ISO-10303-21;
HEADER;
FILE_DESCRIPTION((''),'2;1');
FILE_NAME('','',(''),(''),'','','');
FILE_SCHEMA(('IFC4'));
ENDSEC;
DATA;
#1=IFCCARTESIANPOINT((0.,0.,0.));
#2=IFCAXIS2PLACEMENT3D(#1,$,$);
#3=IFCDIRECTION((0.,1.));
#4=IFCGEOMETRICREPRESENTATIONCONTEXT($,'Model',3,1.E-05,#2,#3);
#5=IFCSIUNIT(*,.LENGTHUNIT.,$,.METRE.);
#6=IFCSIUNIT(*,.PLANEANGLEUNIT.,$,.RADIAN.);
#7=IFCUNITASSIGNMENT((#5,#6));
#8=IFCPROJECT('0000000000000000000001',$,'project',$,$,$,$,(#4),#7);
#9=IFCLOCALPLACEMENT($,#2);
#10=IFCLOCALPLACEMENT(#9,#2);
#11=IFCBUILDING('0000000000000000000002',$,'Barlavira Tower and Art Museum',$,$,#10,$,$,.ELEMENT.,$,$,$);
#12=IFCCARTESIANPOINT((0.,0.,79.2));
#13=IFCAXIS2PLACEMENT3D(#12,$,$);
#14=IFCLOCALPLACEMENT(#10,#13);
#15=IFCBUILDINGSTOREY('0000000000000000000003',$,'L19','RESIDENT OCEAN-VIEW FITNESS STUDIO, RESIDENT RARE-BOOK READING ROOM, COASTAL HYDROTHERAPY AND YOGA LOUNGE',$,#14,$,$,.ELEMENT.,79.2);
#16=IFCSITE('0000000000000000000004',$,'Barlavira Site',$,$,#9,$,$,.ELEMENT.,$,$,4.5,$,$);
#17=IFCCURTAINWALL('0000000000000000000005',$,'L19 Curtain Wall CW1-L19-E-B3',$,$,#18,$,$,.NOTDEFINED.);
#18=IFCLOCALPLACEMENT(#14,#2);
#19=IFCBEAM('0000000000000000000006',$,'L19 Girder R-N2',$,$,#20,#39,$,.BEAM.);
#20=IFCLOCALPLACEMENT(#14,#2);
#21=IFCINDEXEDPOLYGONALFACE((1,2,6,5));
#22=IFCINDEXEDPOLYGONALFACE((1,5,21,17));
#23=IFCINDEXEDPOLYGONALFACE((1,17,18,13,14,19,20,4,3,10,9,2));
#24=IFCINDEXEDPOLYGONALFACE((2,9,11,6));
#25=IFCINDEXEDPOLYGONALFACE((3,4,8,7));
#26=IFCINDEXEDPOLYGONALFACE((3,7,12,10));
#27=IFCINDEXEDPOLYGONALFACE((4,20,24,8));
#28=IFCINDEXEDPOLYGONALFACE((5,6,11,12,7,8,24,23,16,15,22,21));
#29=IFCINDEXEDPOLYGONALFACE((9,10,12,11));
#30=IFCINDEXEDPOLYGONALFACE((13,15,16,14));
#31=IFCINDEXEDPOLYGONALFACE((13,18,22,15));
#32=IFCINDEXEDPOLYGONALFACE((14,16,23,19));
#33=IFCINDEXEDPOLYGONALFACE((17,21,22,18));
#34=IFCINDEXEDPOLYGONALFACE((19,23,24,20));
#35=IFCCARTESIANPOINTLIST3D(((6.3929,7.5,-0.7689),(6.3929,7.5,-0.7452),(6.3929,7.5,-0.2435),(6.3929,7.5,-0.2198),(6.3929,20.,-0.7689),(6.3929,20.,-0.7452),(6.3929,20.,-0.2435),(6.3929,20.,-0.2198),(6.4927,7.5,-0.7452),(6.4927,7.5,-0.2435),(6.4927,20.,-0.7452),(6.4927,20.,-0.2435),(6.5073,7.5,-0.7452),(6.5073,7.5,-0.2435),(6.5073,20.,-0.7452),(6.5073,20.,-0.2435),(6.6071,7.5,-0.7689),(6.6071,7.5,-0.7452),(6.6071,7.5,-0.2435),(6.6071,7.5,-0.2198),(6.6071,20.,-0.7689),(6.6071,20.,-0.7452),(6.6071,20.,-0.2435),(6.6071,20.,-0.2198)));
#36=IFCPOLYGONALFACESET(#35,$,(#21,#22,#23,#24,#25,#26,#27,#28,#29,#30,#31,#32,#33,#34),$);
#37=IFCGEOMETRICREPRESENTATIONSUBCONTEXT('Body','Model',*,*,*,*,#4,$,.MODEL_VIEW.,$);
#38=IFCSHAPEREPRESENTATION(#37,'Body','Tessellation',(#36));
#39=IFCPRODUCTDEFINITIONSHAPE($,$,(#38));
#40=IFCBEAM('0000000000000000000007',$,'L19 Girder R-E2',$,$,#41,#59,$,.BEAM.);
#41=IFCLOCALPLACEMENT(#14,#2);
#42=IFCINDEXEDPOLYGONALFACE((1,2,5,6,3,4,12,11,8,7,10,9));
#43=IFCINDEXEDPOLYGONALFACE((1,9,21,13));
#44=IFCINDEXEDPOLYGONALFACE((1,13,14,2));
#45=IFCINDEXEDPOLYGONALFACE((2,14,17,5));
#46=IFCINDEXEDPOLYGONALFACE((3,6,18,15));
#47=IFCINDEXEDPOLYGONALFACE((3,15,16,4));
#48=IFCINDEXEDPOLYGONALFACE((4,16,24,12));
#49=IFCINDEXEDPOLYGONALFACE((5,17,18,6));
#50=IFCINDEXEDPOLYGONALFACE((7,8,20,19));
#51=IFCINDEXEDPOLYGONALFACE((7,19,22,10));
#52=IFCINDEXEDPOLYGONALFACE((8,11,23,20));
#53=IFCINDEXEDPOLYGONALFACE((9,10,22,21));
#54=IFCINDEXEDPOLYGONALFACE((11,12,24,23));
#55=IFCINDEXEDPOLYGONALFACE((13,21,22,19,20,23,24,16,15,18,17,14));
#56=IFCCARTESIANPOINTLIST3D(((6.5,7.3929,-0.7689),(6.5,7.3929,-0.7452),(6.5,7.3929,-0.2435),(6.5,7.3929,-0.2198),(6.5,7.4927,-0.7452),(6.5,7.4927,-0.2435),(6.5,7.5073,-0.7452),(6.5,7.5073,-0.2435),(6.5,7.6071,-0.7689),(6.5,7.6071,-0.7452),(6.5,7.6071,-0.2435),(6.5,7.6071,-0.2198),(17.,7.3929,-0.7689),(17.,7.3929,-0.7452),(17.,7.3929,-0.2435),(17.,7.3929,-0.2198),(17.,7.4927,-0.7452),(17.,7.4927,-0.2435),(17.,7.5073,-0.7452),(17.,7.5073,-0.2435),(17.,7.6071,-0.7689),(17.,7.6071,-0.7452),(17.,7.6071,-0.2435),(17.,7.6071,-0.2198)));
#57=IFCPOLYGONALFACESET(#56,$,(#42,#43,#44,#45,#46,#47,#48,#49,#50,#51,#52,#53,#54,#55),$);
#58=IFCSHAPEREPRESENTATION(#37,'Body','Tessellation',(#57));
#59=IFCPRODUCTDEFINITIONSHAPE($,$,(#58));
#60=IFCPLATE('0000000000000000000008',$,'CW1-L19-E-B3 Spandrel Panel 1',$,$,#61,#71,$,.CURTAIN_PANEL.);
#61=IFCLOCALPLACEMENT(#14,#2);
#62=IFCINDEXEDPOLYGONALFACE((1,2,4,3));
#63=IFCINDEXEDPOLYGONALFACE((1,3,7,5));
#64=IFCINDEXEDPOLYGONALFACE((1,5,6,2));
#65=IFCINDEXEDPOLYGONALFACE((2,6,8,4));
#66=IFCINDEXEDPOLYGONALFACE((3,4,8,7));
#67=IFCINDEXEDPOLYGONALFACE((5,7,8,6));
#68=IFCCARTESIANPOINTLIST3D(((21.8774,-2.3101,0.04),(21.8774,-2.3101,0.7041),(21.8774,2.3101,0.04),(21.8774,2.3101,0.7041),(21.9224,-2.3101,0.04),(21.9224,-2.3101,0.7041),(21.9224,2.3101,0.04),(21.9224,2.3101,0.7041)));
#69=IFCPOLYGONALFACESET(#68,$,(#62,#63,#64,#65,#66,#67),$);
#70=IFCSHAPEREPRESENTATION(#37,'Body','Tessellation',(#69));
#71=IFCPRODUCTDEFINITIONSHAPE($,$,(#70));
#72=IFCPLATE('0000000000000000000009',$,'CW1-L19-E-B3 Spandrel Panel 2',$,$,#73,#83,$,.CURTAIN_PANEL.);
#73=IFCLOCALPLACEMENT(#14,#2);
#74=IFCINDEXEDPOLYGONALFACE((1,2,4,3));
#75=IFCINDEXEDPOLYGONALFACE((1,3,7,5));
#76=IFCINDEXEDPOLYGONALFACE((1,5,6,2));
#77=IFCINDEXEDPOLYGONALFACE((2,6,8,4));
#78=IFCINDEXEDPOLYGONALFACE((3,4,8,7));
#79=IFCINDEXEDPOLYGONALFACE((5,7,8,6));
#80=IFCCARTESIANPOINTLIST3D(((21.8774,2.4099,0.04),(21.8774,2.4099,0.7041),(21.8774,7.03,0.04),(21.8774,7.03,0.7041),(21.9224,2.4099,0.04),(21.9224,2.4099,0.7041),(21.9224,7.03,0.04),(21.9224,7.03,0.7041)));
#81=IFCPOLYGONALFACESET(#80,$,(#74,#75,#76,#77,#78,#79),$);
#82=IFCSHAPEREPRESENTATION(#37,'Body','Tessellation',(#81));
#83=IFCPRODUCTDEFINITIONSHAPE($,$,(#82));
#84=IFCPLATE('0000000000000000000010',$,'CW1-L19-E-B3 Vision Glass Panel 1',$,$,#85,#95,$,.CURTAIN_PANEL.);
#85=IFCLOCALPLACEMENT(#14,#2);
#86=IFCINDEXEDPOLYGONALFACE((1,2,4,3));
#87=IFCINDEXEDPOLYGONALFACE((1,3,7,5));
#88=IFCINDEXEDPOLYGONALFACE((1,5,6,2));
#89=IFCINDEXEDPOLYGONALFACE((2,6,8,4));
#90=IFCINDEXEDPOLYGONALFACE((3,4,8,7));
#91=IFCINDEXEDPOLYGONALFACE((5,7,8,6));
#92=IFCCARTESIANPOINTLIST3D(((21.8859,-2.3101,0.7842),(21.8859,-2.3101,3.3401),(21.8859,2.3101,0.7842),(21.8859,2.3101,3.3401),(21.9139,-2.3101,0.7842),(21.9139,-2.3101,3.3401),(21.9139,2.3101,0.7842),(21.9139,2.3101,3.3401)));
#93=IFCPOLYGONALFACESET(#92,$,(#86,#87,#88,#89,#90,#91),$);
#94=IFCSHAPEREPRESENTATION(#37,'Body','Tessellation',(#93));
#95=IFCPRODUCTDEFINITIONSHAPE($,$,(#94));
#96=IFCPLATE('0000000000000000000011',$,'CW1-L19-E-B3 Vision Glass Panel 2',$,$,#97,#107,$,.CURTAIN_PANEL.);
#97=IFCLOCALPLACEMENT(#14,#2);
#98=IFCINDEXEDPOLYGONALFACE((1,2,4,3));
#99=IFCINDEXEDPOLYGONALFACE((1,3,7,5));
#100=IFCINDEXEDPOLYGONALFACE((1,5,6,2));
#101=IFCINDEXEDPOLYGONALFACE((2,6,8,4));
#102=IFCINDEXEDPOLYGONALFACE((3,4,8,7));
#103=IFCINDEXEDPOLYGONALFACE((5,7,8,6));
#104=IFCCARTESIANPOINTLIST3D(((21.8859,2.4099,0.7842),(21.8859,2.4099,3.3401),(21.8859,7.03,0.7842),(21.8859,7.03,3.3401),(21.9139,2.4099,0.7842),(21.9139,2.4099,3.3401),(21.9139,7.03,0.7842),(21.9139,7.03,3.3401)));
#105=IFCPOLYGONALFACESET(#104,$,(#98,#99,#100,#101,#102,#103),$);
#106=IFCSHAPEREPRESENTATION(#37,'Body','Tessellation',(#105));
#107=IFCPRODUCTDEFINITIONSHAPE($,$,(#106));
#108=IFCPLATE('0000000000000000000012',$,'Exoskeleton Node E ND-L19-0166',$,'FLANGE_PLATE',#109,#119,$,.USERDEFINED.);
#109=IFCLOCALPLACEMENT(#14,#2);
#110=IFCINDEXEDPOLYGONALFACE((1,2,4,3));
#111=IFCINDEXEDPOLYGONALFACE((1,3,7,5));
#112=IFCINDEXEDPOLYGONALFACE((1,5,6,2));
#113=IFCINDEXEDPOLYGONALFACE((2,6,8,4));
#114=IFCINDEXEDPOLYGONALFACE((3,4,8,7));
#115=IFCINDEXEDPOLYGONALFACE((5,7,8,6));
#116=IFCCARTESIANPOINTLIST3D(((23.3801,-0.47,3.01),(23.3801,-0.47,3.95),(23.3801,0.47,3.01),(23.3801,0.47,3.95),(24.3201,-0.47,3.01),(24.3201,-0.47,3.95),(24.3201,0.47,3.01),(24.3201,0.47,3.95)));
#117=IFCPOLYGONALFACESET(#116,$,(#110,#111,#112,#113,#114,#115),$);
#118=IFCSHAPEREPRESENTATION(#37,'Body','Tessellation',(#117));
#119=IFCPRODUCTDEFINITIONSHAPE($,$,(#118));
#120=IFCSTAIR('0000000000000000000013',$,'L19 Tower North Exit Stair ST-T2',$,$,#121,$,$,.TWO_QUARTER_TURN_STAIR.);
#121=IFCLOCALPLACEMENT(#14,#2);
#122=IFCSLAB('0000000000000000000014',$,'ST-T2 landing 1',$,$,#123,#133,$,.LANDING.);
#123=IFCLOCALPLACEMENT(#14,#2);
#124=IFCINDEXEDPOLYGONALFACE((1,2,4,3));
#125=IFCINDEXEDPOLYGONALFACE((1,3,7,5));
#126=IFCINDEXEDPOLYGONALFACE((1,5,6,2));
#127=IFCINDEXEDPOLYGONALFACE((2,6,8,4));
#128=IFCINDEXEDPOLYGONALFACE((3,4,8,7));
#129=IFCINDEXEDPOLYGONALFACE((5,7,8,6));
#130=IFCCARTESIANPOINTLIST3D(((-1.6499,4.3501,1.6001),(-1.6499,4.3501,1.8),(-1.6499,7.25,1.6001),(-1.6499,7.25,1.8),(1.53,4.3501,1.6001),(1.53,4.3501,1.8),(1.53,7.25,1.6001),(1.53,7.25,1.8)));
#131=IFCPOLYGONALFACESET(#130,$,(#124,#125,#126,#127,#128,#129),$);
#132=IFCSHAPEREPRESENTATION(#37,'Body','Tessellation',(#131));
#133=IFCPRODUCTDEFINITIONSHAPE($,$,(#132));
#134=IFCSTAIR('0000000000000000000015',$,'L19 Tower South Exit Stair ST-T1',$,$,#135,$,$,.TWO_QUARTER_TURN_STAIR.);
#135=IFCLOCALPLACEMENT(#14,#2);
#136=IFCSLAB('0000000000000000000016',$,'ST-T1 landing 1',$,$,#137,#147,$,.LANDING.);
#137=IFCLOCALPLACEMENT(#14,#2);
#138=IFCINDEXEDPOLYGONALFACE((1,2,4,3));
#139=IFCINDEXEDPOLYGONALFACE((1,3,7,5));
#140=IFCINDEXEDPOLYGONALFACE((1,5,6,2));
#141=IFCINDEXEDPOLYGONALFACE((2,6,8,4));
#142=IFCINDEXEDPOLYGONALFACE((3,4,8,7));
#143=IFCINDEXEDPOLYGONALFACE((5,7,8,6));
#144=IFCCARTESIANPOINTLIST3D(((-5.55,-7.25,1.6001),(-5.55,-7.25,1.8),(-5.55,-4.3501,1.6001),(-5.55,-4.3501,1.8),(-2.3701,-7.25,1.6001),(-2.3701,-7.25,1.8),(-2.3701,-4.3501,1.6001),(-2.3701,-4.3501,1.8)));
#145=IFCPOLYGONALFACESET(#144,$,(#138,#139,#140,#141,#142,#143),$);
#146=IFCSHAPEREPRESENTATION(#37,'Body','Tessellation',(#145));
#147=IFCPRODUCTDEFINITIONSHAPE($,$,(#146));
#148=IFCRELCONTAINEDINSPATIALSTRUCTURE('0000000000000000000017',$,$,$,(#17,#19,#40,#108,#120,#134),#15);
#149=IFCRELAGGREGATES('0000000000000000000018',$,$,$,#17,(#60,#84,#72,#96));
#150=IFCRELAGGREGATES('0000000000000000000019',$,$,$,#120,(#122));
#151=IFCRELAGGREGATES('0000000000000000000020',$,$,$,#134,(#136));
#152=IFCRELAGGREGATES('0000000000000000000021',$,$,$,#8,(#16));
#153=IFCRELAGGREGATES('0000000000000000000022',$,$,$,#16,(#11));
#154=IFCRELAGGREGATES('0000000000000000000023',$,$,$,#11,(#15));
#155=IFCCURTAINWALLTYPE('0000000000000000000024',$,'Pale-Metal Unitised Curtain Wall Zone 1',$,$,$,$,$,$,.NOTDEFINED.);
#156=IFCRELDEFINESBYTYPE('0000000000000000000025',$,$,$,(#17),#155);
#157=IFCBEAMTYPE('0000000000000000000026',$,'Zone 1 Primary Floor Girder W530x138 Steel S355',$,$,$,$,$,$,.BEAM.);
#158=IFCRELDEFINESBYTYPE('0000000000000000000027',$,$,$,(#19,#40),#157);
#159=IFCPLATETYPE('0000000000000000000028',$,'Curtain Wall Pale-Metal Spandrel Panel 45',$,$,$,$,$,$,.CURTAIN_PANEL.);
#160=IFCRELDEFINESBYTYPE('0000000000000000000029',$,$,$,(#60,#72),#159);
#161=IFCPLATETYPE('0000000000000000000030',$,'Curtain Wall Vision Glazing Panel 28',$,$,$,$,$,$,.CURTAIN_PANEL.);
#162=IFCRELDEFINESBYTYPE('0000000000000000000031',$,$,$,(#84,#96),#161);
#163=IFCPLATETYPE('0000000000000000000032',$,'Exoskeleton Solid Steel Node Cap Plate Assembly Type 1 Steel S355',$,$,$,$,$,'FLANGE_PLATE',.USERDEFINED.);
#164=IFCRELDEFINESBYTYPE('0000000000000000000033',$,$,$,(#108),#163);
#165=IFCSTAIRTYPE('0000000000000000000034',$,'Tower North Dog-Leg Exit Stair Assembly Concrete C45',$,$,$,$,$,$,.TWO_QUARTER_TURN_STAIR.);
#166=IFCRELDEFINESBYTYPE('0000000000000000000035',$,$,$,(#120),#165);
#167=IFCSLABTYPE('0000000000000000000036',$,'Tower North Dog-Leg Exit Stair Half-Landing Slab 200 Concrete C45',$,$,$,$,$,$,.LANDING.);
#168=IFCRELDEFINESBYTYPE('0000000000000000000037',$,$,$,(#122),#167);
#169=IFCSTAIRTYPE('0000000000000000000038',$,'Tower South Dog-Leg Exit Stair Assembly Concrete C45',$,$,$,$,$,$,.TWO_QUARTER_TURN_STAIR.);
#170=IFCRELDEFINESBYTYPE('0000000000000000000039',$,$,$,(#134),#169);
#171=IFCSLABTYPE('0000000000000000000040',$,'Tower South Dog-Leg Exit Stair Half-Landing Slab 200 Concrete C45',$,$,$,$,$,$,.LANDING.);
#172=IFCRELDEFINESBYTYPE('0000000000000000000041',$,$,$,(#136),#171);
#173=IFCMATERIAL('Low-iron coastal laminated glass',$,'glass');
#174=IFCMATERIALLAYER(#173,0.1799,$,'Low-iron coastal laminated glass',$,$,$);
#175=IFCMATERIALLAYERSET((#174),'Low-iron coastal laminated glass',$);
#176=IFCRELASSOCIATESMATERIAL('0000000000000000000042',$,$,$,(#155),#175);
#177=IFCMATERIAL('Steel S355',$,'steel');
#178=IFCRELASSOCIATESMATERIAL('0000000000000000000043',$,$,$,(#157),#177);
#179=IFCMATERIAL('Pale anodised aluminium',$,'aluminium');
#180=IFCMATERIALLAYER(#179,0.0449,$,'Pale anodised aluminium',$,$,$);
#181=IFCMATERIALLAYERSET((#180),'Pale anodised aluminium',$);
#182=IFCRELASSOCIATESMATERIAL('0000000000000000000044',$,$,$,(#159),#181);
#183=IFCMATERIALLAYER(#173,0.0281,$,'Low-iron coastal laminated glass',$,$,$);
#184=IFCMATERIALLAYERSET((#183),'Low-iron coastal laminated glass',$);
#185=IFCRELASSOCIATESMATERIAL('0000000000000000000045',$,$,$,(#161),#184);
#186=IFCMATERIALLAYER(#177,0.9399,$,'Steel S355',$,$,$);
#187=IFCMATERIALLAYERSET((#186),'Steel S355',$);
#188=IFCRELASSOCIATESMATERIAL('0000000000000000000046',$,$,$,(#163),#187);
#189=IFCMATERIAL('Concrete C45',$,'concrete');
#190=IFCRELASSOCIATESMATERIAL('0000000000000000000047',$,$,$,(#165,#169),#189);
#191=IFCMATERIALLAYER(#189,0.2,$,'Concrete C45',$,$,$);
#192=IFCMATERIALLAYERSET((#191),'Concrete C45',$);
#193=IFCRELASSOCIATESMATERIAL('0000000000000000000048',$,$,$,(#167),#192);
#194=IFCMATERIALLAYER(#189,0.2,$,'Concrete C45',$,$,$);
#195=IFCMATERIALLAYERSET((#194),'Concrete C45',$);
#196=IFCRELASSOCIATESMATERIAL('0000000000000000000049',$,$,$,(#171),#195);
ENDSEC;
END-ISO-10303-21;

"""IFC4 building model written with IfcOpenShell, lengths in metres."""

from ifc_helpers import new_model, si_unit, direction, frame, origin, origin_2d, place, context, subcontext, project, spatial, polyline, rectangle, i_section, outline, extrude, material, layer, layer_set, material_profile, profile_set, type_object, element, aggregate, save


model = new_model("IFC4")

# Units and contexts
model_context = context("Model", 3, precision=1e-05, world=origin(), true_north=direction((0.0, 1.0)))
body_context = subcontext(model_context, "Body", "Model", "MODEL_VIEW")
ifc_project = project(units=[si_unit("LENGTHUNIT", "METRE"), si_unit("PLANEANGLEUNIT", "RADIAN")], contexts=[model_context])

# Site, building, storey
site_placement = place(None, origin())
site = spatial("IfcSite", under=ifc_project, at=site_placement, Name="Barlavira Site", CompositionType="ELEMENT", RefElevation=4.5)
building_placement = place(site_placement, origin())
building = spatial("IfcBuilding", under=site, at=building_placement, Name="Barlavira Tower and Art Museum", CompositionType="ELEMENT")
storey_placement = place(building_placement, frame((0.0, 0.0, 79.2)))
storey = spatial("IfcBuildingStorey", under=building, at=storey_placement, Name="L19", Description="RESIDENT OCEAN-VIEW FITNESS STUDIO, RESIDENT RARE-BOOK READING ROOM, COASTAL HYDROTHERAPY AND YOGA LOUNGE", CompositionType="ELEMENT", Elevation=79.2)

# Shared definitions
ifc_material_1 = material(Name="Steel S355", Category="steel")

# Curtain wall
ifc_material_2 = material(Name="Low-iron coastal laminated glass", Category="glass")
ifc_layer_1 = layer(ifc_material_2, 0.1799, Name="Low-iron coastal laminated glass")
ifc_layer_set_1 = layer_set([ifc_layer_1], Name="Low-iron coastal laminated glass")
curtain_wall_type = type_object("IfcCurtainWallType", Name="Pale-Metal Unitised Curtain Wall Zone 1", PredefinedType="NOTDEFINED", material=ifc_layer_set_1)
curtain_wall_placement = place(storey_placement, origin())
curtain_wall = element("IfcCurtainWall", 1, at=curtain_wall_placement, inside=storey, type_object=curtain_wall_type, Name="L19 Curtain Wall CW1-L19-E-B3", PredefinedType="NOTDEFINED")
ifc_material_3 = material(Name="Pale anodised aluminium", Category="aluminium")

# Beams
ifc_material_profile_1 = material_profile(ifc_material_1, i_section(OverallWidth=0.2141, OverallDepth=0.5491, WebThickness=0.0146, FlangeThickness=0.0237, at=origin_2d()), Name="W530x138.0")
ifc_profile_set_1 = profile_set([ifc_material_profile_1], Name="Steel S355")
beam_type = type_object("IfcBeamType", Name="Zone 1 Primary Floor Girder W530x138 Steel S355", PredefinedType="BEAM", material=ifc_profile_set_1)
beam_1_placement = place(storey_placement, frame((6.5, 7.5, -0.4944), z_axis=(0.0, 1.0, 0.0), x_axis=(-1.0, 0.0, 0.0)))
element("IfcBeam", 2, at=beam_1_placement, inside=storey, type_object=beam_type, Name="L19 Girder R-N2", PredefinedType="BEAM", context=body_context, shape_type="SweptSolid", body=[
    extrude(i_section(OverallWidth=0.2141, OverallDepth=0.5491, WebThickness=0.0146, FlangeThickness=0.0237, at=origin_2d()), origin(), (0.0, 0.0, 1.0), 12.5),
])
beam_2_placement = place(storey_placement, frame((6.5, 7.5, -0.4944), z_axis=(1.0, 0.0, 0.0), x_axis=(0.0, 1.0, 0.0)))
element("IfcBeam", 3, at=beam_2_placement, inside=storey, type_object=beam_type, Name="L19 Girder R-E2", PredefinedType="BEAM", context=body_context, shape_type="SweptSolid", body=[
    extrude(i_section(OverallWidth=0.2141, OverallDepth=0.5491, WebThickness=0.0146, FlangeThickness=0.0237, at=origin_2d()), origin(), (0.0, 0.0, 1.0), 10.5),
])

# Plates
ifc_layer_2 = layer(ifc_material_3, 0.0449, Name="Pale anodised aluminium")
ifc_layer_set_2 = layer_set([ifc_layer_2], Name="Pale anodised aluminium")
plate_type_1 = type_object("IfcPlateType", Name="Curtain Wall Pale-Metal Spandrel Panel 45", PredefinedType="CURTAIN_PANEL", material=ifc_layer_set_2)
plate_1_placement = place(storey_placement, frame((21.8999, 0.0, 0.04), z_axis=(0.0, 0.0, 1.0), x_axis=(0.0, 1.0, 0.0)))
plate_1 = element("IfcPlate", 4, at=plate_1_placement, type_object=plate_type_1, Name="CW1-L19-E-B3 Spandrel Panel 1", PredefinedType="CURTAIN_PANEL", context=body_context, shape_type="SweptSolid", body=[
    extrude(rectangle(XDim=4.6201, YDim=0.0449, at=origin_2d()), origin(), (0.0, 0.0, 1.0), 0.6641),
])
plate_2_placement = place(storey_placement, frame((21.8999, 4.72, 0.04), z_axis=(0.0, 0.0, 1.0), x_axis=(0.0, 1.0, 0.0)))
plate_2 = element("IfcPlate", 5, at=plate_2_placement, type_object=plate_type_1, Name="CW1-L19-E-B3 Spandrel Panel 2", PredefinedType="CURTAIN_PANEL", context=body_context, shape_type="SweptSolid", body=[
    extrude(rectangle(XDim=4.6201, YDim=0.0449, at=origin_2d()), origin(), (0.0, 0.0, 1.0), 0.6641),
])
ifc_layer_3 = layer(ifc_material_2, 0.0281, Name="Low-iron coastal laminated glass")
ifc_layer_set_3 = layer_set([ifc_layer_3], Name="Low-iron coastal laminated glass")
plate_type_2 = type_object("IfcPlateType", Name="Curtain Wall Vision Glazing Panel 28", PredefinedType="CURTAIN_PANEL", material=ifc_layer_set_3)
plate_3_placement = place(storey_placement, frame((21.8999, 0.0, 0.7842), z_axis=(0.0, 0.0, 1.0), x_axis=(0.0, 1.0, 0.0)))
plate_3 = element("IfcPlate", 6, at=plate_3_placement, type_object=plate_type_2, Name="CW1-L19-E-B3 Vision Glass Panel 1", PredefinedType="CURTAIN_PANEL", context=body_context, shape_type="SweptSolid", body=[
    extrude(rectangle(XDim=4.6201, YDim=0.0281, at=origin_2d()), origin(), (0.0, 0.0, 1.0), 2.5559),
])
plate_4_placement = place(storey_placement, frame((21.8999, 4.72, 0.7842), z_axis=(0.0, 0.0, 1.0), x_axis=(0.0, 1.0, 0.0)))
plate_4 = element("IfcPlate", 7, at=plate_4_placement, type_object=plate_type_2, Name="CW1-L19-E-B3 Vision Glass Panel 2", PredefinedType="CURTAIN_PANEL", context=body_context, shape_type="SweptSolid", body=[
    extrude(rectangle(XDim=4.6201, YDim=0.0281, at=origin_2d()), origin(), (0.0, 0.0, 1.0), 2.5559),
])
aggregate(curtain_wall, [plate_1, plate_3, plate_2, plate_4])
ifc_layer_4 = layer(ifc_material_1, 0.9399, Name="Steel S355")
ifc_layer_set_4 = layer_set([ifc_layer_4], Name="Steel S355")
plate_type_3 = type_object("IfcPlateType", Name="Exoskeleton Solid Steel Node Cap Plate Assembly Type 1 Steel S355", ElementType="FLANGE_PLATE", PredefinedType="USERDEFINED", material=ifc_layer_set_4)
plate_5_placement = place(storey_placement, frame((23.8501, 0.0, 3.01), z_axis=(0.0, 0.0, 1.0), x_axis=(1.0, 0.0, 0.0)))
element("IfcPlate", 8, at=plate_5_placement, inside=storey, type_object=plate_type_3, Name="Exoskeleton Node E ND-L19-0166", ObjectType="FLANGE_PLATE", PredefinedType="USERDEFINED", context=body_context, shape_type="SweptSolid", body=[
    extrude(rectangle(XDim=0.9399, YDim=0.9399, at=origin_2d()), origin(), (0.0, 0.0, 1.0), 0.9399),
])

# Stairs, slabs
ifc_material_4 = material(Name="Concrete C45", Category="concrete")
stair_type_1 = type_object("IfcStairType", Name="Tower North Dog-Leg Exit Stair Assembly Concrete C45", PredefinedType="TWO_QUARTER_TURN_STAIR", material=ifc_material_4)
stair_1_placement = place(storey_placement, origin())
stair_1 = element("IfcStair", 9, at=stair_1_placement, inside=storey, type_object=stair_type_1, Name="L19 Tower North Exit Stair ST-T2", PredefinedType="TWO_QUARTER_TURN_STAIR")
ifc_layer_5 = layer(ifc_material_4, 0.2, Name="Concrete C45")
ifc_layer_set_5 = layer_set([ifc_layer_5], Name="Concrete C45")
slab_type_1 = type_object("IfcSlabType", Name="Tower North Dog-Leg Exit Stair Half-Landing Slab 200 Concrete C45", PredefinedType="LANDING", material=ifc_layer_set_5)
slab_1_placement = place(storey_placement, frame((0.0, 0.0, 1.6001)))
slab_1 = element("IfcSlab", 10, at=slab_1_placement, type_object=slab_type_1, Name="ST-T2 landing 1", PredefinedType="LANDING", context=body_context, shape_type="SweptSolid", body=[
    extrude(outline(polyline([(-1.6499, 4.3501), (1.53, 4.3501), (1.53, 7.25), (-1.6499, 7.25), (-1.6499, 4.3501)])), origin(), (0.0, 0.0, 1.0), 0.2),
])
aggregate(stair_1, [slab_1])
stair_type_2 = type_object("IfcStairType", Name="Tower South Dog-Leg Exit Stair Assembly Concrete C45", PredefinedType="TWO_QUARTER_TURN_STAIR", material=ifc_material_4)
stair_2_placement = place(storey_placement, origin())
stair_2 = element("IfcStair", 11, at=stair_2_placement, inside=storey, type_object=stair_type_2, Name="L19 Tower South Exit Stair ST-T1", PredefinedType="TWO_QUARTER_TURN_STAIR")
ifc_layer_6 = layer(ifc_material_4, 0.2, Name="Concrete C45")
ifc_layer_set_6 = layer_set([ifc_layer_6], Name="Concrete C45")
slab_type_2 = type_object("IfcSlabType", Name="Tower South Dog-Leg Exit Stair Half-Landing Slab 200 Concrete C45", PredefinedType="LANDING", material=ifc_layer_set_6)
slab_2_placement = place(storey_placement, frame((0.0, 0.0, 1.6001)))
slab_2 = element("IfcSlab", 12, at=slab_2_placement, type_object=slab_type_2, Name="ST-T1 landing 1", PredefinedType="LANDING", context=body_context, shape_type="SweptSolid", body=[
    extrude(outline(polyline([(-2.3701, -4.3501), (-5.55, -4.3501), (-5.55, -7.25), (-2.3701, -7.25), (-2.3701, -4.3501)])), origin(), (0.0, 0.0, 1.0), 0.2),
])
aggregate(stair_2, [slab_2])

save(model, "model.ifc")
